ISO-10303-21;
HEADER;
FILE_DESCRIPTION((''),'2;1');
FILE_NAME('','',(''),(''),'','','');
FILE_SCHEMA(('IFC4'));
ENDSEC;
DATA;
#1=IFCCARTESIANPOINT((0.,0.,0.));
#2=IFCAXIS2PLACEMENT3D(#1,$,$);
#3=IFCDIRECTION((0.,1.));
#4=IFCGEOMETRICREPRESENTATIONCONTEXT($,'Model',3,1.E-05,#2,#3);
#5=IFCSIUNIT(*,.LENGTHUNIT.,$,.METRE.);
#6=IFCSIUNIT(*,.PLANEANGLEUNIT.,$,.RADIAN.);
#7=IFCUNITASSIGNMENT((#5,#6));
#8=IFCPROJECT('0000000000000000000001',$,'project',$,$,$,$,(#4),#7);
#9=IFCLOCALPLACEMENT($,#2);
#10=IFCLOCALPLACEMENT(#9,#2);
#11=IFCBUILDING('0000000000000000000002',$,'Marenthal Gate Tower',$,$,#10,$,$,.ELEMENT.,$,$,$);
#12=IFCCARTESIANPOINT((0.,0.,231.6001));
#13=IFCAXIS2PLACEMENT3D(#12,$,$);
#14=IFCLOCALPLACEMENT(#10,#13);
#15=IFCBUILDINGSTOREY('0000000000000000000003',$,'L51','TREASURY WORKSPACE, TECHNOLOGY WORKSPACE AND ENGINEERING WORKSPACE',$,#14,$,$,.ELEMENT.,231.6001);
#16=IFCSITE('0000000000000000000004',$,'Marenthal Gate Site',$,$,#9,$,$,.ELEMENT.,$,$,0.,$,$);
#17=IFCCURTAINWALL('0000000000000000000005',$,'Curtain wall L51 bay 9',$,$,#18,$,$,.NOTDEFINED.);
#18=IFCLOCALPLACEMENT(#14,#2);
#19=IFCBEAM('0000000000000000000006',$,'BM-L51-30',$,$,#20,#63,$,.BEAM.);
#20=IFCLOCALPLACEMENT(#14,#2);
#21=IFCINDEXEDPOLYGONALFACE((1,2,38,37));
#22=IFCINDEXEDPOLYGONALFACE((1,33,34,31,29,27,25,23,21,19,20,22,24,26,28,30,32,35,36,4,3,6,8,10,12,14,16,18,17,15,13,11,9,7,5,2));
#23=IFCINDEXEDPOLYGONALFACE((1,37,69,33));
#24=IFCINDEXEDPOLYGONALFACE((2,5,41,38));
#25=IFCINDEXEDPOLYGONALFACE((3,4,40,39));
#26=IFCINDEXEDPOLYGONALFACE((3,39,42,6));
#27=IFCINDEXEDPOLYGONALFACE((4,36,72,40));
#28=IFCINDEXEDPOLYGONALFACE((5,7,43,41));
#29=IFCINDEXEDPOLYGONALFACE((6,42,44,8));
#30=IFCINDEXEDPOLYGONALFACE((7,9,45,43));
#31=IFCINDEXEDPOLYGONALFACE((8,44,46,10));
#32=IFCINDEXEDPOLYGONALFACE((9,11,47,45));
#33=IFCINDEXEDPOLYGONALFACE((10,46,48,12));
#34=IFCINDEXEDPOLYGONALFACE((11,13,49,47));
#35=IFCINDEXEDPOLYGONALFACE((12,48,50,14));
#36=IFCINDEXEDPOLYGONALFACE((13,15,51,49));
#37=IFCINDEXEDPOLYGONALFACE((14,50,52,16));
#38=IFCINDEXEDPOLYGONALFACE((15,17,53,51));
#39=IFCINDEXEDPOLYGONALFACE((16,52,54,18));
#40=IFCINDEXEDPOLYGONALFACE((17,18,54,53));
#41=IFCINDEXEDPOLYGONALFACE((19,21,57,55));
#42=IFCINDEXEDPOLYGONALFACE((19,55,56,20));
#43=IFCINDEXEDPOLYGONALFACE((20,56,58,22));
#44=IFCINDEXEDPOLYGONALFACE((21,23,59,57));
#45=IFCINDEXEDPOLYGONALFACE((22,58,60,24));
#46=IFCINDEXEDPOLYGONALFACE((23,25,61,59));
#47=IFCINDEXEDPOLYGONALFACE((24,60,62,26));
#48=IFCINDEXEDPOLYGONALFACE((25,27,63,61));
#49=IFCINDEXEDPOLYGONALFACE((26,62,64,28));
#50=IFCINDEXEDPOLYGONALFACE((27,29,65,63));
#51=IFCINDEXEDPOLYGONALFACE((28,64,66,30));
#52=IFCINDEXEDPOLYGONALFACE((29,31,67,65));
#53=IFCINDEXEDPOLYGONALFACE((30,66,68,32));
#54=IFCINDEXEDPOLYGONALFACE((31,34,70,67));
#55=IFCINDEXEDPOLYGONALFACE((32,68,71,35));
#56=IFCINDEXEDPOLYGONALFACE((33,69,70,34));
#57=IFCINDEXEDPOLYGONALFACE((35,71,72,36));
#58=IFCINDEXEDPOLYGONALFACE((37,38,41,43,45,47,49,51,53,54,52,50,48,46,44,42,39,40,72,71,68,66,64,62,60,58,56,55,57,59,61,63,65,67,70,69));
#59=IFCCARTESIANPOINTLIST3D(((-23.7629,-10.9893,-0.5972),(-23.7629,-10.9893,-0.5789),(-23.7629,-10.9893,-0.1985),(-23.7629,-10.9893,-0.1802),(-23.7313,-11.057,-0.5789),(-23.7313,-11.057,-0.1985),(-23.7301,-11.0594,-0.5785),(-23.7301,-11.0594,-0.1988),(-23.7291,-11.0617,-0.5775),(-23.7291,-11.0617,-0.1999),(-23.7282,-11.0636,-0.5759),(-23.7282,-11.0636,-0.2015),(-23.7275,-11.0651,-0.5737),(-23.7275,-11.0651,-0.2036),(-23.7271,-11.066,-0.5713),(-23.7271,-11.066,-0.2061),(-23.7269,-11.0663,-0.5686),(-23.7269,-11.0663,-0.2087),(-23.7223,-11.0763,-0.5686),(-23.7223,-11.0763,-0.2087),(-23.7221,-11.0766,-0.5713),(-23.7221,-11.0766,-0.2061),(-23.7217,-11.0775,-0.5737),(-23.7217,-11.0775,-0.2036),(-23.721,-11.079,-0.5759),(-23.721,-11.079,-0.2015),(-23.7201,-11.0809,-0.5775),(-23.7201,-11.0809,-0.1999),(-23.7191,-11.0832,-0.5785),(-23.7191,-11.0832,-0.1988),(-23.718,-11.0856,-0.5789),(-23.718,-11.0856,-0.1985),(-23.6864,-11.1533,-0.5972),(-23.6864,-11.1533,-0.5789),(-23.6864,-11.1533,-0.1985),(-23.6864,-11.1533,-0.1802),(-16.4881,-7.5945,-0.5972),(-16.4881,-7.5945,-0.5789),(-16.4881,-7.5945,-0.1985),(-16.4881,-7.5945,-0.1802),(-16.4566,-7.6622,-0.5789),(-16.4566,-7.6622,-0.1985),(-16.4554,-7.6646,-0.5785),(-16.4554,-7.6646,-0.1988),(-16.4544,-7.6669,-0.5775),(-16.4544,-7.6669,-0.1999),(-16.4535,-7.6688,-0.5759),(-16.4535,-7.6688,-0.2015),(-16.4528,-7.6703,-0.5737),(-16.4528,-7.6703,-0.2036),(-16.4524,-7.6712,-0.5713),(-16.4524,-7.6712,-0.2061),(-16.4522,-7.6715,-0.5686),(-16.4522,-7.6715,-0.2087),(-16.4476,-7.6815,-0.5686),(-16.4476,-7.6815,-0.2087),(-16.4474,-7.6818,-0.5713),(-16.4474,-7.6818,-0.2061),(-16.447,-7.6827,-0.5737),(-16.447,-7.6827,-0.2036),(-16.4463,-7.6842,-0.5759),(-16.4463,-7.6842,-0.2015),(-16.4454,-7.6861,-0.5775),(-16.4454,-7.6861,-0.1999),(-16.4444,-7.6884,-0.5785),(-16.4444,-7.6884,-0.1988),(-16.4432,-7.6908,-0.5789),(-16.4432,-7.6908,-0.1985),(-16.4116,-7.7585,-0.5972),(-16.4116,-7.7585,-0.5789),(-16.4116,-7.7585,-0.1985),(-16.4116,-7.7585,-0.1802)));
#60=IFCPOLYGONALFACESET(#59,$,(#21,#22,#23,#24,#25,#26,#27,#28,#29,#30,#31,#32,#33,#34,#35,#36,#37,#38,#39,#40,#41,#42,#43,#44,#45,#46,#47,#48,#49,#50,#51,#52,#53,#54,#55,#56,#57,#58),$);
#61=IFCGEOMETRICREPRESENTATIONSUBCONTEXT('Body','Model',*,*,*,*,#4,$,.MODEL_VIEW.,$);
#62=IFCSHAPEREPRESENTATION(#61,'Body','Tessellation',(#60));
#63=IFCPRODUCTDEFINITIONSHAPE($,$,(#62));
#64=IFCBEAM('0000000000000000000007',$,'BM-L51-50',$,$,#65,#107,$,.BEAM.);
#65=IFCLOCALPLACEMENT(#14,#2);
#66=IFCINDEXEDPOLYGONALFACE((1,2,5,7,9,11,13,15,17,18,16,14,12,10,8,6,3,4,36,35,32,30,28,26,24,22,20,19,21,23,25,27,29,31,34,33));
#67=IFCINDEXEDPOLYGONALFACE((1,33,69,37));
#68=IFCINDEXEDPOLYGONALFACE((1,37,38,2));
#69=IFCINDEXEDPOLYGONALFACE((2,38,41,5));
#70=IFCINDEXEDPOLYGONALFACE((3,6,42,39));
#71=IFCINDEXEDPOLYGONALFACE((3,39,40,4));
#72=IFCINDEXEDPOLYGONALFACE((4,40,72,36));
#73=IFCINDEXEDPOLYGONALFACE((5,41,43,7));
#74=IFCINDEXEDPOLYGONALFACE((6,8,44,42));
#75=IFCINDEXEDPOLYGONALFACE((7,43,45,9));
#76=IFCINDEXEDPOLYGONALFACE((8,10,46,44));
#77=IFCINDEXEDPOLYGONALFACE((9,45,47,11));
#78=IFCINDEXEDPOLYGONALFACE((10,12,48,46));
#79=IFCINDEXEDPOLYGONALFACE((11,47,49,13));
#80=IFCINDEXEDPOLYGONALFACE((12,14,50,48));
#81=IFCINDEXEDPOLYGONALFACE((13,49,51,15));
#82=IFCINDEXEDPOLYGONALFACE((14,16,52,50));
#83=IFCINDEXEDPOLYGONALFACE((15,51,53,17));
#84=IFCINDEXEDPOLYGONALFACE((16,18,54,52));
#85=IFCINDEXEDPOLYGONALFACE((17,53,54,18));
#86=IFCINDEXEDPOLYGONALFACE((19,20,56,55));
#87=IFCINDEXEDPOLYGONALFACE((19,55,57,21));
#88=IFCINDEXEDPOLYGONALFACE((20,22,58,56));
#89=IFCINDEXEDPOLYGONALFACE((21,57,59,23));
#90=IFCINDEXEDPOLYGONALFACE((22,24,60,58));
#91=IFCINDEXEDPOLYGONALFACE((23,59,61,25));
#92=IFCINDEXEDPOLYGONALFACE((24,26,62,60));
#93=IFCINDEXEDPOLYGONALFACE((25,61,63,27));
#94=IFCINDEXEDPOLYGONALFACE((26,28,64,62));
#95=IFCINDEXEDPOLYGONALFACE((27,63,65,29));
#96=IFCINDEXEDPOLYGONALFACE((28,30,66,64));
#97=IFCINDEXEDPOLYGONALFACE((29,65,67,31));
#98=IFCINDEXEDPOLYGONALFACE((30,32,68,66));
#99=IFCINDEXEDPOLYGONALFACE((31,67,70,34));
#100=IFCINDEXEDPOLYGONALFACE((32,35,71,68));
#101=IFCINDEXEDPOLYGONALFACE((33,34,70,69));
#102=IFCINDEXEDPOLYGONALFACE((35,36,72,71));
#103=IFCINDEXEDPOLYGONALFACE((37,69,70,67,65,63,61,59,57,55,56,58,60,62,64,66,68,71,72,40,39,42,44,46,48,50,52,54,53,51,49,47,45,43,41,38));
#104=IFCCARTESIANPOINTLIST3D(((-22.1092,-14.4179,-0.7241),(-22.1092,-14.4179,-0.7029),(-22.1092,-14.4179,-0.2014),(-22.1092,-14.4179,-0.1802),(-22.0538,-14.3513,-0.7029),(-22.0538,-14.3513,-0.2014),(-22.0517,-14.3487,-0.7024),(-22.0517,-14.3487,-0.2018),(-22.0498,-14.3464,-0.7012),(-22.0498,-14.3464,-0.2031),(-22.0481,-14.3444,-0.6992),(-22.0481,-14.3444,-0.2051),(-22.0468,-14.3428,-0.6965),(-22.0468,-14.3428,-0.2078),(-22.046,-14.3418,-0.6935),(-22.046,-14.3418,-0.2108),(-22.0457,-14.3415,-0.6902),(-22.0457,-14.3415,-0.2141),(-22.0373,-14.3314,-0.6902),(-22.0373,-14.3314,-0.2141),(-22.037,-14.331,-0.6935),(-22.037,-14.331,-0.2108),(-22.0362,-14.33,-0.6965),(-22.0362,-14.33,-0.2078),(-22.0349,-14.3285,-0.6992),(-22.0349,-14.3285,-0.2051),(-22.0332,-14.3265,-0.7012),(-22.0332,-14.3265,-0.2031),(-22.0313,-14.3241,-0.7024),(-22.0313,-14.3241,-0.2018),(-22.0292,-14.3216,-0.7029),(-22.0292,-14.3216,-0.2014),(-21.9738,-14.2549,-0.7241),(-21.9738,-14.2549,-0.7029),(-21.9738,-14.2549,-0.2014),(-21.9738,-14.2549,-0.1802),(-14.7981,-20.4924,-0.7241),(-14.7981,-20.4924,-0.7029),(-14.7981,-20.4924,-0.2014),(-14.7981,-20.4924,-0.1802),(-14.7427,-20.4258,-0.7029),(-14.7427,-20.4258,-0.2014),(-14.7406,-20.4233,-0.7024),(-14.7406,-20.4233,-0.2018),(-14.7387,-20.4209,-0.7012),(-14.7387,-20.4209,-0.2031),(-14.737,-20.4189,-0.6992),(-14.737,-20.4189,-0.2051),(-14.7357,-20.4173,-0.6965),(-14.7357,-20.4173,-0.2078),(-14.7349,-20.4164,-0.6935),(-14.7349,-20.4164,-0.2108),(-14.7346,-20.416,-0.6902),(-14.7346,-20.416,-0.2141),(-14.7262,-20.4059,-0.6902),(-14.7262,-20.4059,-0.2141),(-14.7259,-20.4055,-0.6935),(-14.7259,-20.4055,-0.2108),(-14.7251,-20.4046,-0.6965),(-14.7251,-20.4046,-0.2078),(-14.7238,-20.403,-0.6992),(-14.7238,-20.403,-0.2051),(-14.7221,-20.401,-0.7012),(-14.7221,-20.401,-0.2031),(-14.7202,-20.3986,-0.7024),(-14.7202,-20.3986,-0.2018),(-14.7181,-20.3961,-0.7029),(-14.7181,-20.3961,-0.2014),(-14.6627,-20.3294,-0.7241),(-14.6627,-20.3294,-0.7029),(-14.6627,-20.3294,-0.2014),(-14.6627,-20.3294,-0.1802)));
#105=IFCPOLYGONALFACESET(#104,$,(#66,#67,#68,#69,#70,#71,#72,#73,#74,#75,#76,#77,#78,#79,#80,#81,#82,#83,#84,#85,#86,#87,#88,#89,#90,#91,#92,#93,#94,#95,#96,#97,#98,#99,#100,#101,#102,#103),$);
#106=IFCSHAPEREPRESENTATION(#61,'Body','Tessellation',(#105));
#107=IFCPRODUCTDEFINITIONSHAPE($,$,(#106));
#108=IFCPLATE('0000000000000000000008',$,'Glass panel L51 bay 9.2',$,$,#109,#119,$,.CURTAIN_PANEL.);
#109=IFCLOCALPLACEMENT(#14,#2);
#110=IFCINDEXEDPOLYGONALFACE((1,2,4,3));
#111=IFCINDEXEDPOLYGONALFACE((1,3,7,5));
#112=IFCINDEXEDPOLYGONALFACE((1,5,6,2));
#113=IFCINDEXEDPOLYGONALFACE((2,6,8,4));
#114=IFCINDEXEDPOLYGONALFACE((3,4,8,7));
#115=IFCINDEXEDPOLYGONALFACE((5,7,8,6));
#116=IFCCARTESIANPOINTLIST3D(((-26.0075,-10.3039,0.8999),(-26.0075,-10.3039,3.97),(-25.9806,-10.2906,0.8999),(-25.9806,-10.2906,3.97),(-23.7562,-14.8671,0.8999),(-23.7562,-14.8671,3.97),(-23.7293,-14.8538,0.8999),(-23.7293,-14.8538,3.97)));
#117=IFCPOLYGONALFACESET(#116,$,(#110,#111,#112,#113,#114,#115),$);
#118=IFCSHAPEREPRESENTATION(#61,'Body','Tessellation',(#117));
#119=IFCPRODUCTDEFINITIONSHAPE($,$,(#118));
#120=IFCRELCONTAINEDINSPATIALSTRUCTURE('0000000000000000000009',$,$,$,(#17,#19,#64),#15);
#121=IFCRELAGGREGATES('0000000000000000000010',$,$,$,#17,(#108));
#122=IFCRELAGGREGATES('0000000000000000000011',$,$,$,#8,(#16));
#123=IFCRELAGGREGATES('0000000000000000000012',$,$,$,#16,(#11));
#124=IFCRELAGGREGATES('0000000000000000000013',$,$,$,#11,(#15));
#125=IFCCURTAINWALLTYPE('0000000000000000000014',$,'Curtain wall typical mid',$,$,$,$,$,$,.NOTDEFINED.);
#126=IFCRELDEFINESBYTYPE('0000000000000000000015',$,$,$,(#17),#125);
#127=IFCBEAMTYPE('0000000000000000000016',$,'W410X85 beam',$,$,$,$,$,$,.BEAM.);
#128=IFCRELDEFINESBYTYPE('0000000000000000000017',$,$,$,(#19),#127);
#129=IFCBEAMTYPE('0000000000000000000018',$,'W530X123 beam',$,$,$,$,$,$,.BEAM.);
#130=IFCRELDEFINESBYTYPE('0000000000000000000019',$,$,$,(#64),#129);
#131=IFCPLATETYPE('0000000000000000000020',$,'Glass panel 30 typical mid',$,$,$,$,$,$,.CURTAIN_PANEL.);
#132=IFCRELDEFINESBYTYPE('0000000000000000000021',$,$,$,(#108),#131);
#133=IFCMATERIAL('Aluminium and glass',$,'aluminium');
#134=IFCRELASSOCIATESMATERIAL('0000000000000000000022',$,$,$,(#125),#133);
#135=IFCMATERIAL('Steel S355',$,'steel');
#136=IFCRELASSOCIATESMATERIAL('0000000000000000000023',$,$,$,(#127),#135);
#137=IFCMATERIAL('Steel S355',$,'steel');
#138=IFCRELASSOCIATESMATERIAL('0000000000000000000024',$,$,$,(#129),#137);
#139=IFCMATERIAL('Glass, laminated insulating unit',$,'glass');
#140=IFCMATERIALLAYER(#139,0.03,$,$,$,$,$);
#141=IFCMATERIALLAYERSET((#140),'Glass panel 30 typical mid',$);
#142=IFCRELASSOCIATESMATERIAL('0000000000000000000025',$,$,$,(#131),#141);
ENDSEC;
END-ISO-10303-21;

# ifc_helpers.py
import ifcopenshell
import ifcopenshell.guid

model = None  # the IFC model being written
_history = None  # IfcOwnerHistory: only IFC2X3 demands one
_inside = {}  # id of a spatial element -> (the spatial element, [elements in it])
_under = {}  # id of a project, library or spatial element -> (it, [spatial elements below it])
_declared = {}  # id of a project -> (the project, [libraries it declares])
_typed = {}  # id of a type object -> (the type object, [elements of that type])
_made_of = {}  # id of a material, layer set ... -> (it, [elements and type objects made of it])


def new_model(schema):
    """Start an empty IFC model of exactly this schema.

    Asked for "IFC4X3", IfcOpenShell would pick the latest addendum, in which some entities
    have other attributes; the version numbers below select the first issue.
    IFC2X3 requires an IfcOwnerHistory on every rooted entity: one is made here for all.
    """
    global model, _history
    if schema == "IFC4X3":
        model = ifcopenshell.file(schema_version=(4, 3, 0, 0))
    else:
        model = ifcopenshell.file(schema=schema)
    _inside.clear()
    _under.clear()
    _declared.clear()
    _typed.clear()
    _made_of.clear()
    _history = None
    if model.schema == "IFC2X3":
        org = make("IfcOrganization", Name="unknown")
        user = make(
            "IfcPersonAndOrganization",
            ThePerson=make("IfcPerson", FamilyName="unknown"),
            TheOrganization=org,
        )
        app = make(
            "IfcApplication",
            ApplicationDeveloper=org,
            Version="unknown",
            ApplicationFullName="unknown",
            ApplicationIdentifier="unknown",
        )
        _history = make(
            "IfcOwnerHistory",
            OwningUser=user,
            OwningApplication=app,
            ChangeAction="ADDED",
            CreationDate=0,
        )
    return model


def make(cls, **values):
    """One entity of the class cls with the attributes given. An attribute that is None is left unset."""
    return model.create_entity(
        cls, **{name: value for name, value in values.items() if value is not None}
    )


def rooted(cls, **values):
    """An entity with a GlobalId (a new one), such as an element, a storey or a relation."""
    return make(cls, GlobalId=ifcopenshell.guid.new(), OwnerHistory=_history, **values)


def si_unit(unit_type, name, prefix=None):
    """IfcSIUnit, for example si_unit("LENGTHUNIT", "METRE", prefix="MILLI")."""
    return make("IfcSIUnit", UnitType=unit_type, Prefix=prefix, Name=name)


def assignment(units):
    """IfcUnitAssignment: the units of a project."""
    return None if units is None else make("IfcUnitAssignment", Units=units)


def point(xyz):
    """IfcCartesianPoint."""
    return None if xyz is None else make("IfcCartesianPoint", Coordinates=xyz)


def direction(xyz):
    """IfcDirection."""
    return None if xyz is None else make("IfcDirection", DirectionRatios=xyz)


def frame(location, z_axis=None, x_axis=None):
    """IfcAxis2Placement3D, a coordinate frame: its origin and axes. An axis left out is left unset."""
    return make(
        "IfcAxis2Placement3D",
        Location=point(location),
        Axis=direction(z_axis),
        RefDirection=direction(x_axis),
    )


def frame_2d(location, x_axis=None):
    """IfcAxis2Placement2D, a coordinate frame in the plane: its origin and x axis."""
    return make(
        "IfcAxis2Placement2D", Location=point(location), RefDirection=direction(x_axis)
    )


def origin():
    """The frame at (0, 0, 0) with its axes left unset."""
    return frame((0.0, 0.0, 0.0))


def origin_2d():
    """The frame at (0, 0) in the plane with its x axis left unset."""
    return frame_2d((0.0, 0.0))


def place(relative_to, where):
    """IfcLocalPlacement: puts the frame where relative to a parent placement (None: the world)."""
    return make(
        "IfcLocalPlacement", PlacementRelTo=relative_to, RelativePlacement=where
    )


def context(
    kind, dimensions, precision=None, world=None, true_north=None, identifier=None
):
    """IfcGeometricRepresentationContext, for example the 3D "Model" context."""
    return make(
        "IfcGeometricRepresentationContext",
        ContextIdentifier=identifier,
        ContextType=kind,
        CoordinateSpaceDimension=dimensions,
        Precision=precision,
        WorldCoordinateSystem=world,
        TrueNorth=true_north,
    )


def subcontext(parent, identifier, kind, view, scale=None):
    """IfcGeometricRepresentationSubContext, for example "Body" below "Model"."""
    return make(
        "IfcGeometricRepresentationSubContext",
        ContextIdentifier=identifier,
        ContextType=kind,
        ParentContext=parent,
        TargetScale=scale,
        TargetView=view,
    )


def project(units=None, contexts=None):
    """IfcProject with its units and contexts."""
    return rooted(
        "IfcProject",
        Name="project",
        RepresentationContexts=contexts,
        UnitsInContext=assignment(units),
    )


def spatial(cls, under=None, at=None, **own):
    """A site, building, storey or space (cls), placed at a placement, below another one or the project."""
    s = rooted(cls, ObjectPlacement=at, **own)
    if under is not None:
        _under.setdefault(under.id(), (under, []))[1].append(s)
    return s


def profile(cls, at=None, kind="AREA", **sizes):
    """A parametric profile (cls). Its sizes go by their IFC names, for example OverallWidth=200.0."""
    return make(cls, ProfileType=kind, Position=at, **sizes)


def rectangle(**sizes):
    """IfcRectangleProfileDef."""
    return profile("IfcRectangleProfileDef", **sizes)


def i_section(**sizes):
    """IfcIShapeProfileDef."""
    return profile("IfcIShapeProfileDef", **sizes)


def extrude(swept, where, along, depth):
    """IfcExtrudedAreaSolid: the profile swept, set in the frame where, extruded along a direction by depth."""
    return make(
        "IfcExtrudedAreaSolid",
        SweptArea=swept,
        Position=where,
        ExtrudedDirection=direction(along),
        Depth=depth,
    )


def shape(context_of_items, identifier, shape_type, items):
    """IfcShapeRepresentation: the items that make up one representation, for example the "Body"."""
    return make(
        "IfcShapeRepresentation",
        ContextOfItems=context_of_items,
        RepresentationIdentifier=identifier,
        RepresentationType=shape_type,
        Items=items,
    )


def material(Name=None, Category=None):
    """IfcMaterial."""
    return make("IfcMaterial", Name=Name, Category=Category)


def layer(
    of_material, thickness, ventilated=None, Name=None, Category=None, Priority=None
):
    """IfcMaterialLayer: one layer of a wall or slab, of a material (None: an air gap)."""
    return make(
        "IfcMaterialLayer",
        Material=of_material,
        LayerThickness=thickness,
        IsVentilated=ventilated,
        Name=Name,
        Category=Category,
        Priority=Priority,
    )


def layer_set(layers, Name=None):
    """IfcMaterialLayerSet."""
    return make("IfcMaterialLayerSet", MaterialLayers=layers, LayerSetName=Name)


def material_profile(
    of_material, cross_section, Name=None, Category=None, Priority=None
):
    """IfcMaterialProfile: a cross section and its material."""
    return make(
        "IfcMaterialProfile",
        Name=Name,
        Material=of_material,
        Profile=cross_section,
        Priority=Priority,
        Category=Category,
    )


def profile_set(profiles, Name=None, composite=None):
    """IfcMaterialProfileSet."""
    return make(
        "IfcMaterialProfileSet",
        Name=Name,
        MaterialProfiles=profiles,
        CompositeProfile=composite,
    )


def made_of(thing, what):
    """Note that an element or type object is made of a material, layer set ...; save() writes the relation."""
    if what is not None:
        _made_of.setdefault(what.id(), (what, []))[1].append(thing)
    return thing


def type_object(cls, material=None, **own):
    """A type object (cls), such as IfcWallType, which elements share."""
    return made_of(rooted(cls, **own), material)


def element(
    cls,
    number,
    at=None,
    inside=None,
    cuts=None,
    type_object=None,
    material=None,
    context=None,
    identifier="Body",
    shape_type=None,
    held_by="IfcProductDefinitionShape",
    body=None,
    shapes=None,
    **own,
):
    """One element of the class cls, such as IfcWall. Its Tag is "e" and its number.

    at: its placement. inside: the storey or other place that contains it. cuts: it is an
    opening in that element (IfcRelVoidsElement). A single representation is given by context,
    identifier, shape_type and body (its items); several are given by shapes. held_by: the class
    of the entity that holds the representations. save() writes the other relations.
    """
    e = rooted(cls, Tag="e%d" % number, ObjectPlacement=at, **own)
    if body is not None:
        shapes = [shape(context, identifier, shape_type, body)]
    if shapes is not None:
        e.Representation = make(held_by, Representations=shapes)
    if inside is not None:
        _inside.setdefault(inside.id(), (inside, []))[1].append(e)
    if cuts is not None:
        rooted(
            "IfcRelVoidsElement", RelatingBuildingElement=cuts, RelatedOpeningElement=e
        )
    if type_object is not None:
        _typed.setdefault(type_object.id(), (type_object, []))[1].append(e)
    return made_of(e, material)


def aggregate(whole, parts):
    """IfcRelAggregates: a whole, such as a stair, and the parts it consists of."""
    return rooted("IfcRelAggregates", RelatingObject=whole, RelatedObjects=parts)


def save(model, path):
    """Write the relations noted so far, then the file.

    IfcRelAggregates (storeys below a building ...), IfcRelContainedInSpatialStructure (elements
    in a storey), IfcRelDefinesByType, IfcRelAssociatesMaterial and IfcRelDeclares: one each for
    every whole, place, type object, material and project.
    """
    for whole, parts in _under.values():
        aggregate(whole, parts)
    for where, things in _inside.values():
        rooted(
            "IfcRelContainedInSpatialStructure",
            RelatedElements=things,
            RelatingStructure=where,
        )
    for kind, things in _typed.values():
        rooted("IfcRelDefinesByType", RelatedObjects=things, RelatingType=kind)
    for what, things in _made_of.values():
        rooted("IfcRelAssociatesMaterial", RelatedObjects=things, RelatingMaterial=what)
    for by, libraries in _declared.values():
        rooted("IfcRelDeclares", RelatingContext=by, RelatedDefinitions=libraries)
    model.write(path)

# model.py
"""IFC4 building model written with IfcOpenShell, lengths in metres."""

from ifc_helpers import new_model, si_unit, direction, frame, origin, origin_2d, place, context, subcontext, project, spatial, rectangle, i_section, extrude, material, layer, layer_set, material_profile, profile_set, type_object, element, aggregate, save


model = new_model("IFC4")

# Units and contexts
model_context = context("Model", 3, precision=1e-05, world=origin(), true_north=direction((0.0, 1.0)))
body_context = subcontext(model_context, "Body", "Model", "MODEL_VIEW")
ifc_project = project(units=[si_unit("LENGTHUNIT", "METRE"), si_unit("PLANEANGLEUNIT", "RADIAN")], contexts=[model_context])

# Site, building, storey
site_placement = place(None, origin())
site = spatial("IfcSite", under=ifc_project, at=site_placement, Name="Marenthal Gate Site", CompositionType="ELEMENT", RefElevation=0.0)
building_placement = place(site_placement, origin())
building = spatial("IfcBuilding", under=site, at=building_placement, Name="Marenthal Gate Tower", CompositionType="ELEMENT")
storey_placement = place(building_placement, frame((0.0, 0.0, 231.6001)))
storey = spatial("IfcBuildingStorey", under=building, at=storey_placement, Name="L51", Description="TREASURY WORKSPACE, TECHNOLOGY WORKSPACE AND ENGINEERING WORKSPACE", CompositionType="ELEMENT", Elevation=231.6001)

# Curtain wall
ifc_material_1 = material(Name="Aluminium and glass", Category="aluminium")
curtain_wall_type = type_object("IfcCurtainWallType", Name="Curtain wall typical mid", PredefinedType="NOTDEFINED", material=ifc_material_1)
curtain_wall_1_placement = place(storey_placement, origin())
curtain_wall_1 = element("IfcCurtainWall", 1, at=curtain_wall_1_placement, inside=storey, type_object=curtain_wall_type, Name="Curtain wall L51 bay 9", PredefinedType="NOTDEFINED")

# Beams
ifc_material_2 = material(Name="Steel S355", Category="steel")
ifc_material_profile_1 = material_profile(ifc_material_2, i_section(OverallWidth=0.1809, OverallDepth=0.417, WebThickness=0.011, FlangeThickness=0.0183, FilletRadius=0.0103, at=origin_2d()), Name="W410X85")
ifc_profile_set_1 = profile_set([ifc_material_profile_1], Name="Steel S355")
beam_type_1 = type_object("IfcBeamType", Name="W410X85 beam", PredefinedType="BEAM", material=ifc_profile_set_1)
beam_1_placement = place(storey_placement, frame((-23.7246, -11.0713, -0.3887), z_axis=(0.906186, 0.422879, 0.0), x_axis=(-0.422879, 0.906186, 0.0)))
element("IfcBeam", 2, at=beam_1_placement, inside=storey, type_object=beam_type_1, Name="BM-L51-30", PredefinedType="BEAM", context=body_context, shape_type="SweptSolid", body=[
    extrude(i_section(OverallWidth=0.1809, OverallDepth=0.417, WebThickness=0.011, FlangeThickness=0.0183, FilletRadius=0.0103, at=origin_2d()), origin(), (0.0, 0.0, 1.0), 8.0278),
])
ifc_material_3 = material(Name="Steel S355", Category="steel")
ifc_material_profile_2 = material_profile(ifc_material_3, i_section(OverallWidth=0.2119, OverallDepth=0.5439, WebThickness=0.0132, FlangeThickness=0.0212, FilletRadius=0.0127, at=origin_2d()), Name="W530X123")
ifc_profile_set_2 = profile_set([ifc_material_profile_2], Name="Steel S355")
beam_type_2 = type_object("IfcBeamType", Name="W530X123 beam", PredefinedType="BEAM", material=ifc_profile_set_2)
beam_2_placement = place(storey_placement, frame((-22.0415, -14.3364, -0.4521), z_axis=(0.769155, -0.639062, 0.0), x_axis=(0.639062, 0.769155, 0.0)))
element("IfcBeam", 3, at=beam_2_placement, inside=storey, type_object=beam_type_2, Name="BM-L51-50", PredefinedType="BEAM", context=body_context, shape_type="SweptSolid", body=[
    extrude(i_section(OverallWidth=0.2119, OverallDepth=0.5439, WebThickness=0.0132, FlangeThickness=0.0212, FilletRadius=0.0127, at=origin_2d()), origin(), (0.0, 0.0, 1.0), 9.5054),
])

# Plate
ifc_material_4 = material(Name="Glass, laminated insulating unit", Category="glass")
ifc_layer_1 = layer(ifc_material_4, 0.03)
ifc_layer_set_1 = layer_set([ifc_layer_1], Name="Glass panel 30 typical mid")
plate_type = type_object("IfcPlateType", Name="Glass panel 30 typical mid", PredefinedType="CURTAIN_PANEL", material=ifc_layer_set_1)
plate_placement = place(storey_placement, frame((-24.8684, -12.5789, 0.8999), z_axis=(0.0, 0.0, 1.0), x_axis=(0.442441, -0.896798, 0.0)))
plate = element("IfcPlate", 4, at=plate_placement, type_object=plate_type, Name="Glass panel L51 bay 9.2", PredefinedType="CURTAIN_PANEL", context=body_context, shape_type="SweptSolid", body=[
    extrude(rectangle(XDim=5.0884, YDim=0.03, at=origin_2d()), origin(), (0.0, 0.0, 1.0), 3.0701),
])
aggregate(curtain_wall_1, [plate])

save(model, "model.ifc")
